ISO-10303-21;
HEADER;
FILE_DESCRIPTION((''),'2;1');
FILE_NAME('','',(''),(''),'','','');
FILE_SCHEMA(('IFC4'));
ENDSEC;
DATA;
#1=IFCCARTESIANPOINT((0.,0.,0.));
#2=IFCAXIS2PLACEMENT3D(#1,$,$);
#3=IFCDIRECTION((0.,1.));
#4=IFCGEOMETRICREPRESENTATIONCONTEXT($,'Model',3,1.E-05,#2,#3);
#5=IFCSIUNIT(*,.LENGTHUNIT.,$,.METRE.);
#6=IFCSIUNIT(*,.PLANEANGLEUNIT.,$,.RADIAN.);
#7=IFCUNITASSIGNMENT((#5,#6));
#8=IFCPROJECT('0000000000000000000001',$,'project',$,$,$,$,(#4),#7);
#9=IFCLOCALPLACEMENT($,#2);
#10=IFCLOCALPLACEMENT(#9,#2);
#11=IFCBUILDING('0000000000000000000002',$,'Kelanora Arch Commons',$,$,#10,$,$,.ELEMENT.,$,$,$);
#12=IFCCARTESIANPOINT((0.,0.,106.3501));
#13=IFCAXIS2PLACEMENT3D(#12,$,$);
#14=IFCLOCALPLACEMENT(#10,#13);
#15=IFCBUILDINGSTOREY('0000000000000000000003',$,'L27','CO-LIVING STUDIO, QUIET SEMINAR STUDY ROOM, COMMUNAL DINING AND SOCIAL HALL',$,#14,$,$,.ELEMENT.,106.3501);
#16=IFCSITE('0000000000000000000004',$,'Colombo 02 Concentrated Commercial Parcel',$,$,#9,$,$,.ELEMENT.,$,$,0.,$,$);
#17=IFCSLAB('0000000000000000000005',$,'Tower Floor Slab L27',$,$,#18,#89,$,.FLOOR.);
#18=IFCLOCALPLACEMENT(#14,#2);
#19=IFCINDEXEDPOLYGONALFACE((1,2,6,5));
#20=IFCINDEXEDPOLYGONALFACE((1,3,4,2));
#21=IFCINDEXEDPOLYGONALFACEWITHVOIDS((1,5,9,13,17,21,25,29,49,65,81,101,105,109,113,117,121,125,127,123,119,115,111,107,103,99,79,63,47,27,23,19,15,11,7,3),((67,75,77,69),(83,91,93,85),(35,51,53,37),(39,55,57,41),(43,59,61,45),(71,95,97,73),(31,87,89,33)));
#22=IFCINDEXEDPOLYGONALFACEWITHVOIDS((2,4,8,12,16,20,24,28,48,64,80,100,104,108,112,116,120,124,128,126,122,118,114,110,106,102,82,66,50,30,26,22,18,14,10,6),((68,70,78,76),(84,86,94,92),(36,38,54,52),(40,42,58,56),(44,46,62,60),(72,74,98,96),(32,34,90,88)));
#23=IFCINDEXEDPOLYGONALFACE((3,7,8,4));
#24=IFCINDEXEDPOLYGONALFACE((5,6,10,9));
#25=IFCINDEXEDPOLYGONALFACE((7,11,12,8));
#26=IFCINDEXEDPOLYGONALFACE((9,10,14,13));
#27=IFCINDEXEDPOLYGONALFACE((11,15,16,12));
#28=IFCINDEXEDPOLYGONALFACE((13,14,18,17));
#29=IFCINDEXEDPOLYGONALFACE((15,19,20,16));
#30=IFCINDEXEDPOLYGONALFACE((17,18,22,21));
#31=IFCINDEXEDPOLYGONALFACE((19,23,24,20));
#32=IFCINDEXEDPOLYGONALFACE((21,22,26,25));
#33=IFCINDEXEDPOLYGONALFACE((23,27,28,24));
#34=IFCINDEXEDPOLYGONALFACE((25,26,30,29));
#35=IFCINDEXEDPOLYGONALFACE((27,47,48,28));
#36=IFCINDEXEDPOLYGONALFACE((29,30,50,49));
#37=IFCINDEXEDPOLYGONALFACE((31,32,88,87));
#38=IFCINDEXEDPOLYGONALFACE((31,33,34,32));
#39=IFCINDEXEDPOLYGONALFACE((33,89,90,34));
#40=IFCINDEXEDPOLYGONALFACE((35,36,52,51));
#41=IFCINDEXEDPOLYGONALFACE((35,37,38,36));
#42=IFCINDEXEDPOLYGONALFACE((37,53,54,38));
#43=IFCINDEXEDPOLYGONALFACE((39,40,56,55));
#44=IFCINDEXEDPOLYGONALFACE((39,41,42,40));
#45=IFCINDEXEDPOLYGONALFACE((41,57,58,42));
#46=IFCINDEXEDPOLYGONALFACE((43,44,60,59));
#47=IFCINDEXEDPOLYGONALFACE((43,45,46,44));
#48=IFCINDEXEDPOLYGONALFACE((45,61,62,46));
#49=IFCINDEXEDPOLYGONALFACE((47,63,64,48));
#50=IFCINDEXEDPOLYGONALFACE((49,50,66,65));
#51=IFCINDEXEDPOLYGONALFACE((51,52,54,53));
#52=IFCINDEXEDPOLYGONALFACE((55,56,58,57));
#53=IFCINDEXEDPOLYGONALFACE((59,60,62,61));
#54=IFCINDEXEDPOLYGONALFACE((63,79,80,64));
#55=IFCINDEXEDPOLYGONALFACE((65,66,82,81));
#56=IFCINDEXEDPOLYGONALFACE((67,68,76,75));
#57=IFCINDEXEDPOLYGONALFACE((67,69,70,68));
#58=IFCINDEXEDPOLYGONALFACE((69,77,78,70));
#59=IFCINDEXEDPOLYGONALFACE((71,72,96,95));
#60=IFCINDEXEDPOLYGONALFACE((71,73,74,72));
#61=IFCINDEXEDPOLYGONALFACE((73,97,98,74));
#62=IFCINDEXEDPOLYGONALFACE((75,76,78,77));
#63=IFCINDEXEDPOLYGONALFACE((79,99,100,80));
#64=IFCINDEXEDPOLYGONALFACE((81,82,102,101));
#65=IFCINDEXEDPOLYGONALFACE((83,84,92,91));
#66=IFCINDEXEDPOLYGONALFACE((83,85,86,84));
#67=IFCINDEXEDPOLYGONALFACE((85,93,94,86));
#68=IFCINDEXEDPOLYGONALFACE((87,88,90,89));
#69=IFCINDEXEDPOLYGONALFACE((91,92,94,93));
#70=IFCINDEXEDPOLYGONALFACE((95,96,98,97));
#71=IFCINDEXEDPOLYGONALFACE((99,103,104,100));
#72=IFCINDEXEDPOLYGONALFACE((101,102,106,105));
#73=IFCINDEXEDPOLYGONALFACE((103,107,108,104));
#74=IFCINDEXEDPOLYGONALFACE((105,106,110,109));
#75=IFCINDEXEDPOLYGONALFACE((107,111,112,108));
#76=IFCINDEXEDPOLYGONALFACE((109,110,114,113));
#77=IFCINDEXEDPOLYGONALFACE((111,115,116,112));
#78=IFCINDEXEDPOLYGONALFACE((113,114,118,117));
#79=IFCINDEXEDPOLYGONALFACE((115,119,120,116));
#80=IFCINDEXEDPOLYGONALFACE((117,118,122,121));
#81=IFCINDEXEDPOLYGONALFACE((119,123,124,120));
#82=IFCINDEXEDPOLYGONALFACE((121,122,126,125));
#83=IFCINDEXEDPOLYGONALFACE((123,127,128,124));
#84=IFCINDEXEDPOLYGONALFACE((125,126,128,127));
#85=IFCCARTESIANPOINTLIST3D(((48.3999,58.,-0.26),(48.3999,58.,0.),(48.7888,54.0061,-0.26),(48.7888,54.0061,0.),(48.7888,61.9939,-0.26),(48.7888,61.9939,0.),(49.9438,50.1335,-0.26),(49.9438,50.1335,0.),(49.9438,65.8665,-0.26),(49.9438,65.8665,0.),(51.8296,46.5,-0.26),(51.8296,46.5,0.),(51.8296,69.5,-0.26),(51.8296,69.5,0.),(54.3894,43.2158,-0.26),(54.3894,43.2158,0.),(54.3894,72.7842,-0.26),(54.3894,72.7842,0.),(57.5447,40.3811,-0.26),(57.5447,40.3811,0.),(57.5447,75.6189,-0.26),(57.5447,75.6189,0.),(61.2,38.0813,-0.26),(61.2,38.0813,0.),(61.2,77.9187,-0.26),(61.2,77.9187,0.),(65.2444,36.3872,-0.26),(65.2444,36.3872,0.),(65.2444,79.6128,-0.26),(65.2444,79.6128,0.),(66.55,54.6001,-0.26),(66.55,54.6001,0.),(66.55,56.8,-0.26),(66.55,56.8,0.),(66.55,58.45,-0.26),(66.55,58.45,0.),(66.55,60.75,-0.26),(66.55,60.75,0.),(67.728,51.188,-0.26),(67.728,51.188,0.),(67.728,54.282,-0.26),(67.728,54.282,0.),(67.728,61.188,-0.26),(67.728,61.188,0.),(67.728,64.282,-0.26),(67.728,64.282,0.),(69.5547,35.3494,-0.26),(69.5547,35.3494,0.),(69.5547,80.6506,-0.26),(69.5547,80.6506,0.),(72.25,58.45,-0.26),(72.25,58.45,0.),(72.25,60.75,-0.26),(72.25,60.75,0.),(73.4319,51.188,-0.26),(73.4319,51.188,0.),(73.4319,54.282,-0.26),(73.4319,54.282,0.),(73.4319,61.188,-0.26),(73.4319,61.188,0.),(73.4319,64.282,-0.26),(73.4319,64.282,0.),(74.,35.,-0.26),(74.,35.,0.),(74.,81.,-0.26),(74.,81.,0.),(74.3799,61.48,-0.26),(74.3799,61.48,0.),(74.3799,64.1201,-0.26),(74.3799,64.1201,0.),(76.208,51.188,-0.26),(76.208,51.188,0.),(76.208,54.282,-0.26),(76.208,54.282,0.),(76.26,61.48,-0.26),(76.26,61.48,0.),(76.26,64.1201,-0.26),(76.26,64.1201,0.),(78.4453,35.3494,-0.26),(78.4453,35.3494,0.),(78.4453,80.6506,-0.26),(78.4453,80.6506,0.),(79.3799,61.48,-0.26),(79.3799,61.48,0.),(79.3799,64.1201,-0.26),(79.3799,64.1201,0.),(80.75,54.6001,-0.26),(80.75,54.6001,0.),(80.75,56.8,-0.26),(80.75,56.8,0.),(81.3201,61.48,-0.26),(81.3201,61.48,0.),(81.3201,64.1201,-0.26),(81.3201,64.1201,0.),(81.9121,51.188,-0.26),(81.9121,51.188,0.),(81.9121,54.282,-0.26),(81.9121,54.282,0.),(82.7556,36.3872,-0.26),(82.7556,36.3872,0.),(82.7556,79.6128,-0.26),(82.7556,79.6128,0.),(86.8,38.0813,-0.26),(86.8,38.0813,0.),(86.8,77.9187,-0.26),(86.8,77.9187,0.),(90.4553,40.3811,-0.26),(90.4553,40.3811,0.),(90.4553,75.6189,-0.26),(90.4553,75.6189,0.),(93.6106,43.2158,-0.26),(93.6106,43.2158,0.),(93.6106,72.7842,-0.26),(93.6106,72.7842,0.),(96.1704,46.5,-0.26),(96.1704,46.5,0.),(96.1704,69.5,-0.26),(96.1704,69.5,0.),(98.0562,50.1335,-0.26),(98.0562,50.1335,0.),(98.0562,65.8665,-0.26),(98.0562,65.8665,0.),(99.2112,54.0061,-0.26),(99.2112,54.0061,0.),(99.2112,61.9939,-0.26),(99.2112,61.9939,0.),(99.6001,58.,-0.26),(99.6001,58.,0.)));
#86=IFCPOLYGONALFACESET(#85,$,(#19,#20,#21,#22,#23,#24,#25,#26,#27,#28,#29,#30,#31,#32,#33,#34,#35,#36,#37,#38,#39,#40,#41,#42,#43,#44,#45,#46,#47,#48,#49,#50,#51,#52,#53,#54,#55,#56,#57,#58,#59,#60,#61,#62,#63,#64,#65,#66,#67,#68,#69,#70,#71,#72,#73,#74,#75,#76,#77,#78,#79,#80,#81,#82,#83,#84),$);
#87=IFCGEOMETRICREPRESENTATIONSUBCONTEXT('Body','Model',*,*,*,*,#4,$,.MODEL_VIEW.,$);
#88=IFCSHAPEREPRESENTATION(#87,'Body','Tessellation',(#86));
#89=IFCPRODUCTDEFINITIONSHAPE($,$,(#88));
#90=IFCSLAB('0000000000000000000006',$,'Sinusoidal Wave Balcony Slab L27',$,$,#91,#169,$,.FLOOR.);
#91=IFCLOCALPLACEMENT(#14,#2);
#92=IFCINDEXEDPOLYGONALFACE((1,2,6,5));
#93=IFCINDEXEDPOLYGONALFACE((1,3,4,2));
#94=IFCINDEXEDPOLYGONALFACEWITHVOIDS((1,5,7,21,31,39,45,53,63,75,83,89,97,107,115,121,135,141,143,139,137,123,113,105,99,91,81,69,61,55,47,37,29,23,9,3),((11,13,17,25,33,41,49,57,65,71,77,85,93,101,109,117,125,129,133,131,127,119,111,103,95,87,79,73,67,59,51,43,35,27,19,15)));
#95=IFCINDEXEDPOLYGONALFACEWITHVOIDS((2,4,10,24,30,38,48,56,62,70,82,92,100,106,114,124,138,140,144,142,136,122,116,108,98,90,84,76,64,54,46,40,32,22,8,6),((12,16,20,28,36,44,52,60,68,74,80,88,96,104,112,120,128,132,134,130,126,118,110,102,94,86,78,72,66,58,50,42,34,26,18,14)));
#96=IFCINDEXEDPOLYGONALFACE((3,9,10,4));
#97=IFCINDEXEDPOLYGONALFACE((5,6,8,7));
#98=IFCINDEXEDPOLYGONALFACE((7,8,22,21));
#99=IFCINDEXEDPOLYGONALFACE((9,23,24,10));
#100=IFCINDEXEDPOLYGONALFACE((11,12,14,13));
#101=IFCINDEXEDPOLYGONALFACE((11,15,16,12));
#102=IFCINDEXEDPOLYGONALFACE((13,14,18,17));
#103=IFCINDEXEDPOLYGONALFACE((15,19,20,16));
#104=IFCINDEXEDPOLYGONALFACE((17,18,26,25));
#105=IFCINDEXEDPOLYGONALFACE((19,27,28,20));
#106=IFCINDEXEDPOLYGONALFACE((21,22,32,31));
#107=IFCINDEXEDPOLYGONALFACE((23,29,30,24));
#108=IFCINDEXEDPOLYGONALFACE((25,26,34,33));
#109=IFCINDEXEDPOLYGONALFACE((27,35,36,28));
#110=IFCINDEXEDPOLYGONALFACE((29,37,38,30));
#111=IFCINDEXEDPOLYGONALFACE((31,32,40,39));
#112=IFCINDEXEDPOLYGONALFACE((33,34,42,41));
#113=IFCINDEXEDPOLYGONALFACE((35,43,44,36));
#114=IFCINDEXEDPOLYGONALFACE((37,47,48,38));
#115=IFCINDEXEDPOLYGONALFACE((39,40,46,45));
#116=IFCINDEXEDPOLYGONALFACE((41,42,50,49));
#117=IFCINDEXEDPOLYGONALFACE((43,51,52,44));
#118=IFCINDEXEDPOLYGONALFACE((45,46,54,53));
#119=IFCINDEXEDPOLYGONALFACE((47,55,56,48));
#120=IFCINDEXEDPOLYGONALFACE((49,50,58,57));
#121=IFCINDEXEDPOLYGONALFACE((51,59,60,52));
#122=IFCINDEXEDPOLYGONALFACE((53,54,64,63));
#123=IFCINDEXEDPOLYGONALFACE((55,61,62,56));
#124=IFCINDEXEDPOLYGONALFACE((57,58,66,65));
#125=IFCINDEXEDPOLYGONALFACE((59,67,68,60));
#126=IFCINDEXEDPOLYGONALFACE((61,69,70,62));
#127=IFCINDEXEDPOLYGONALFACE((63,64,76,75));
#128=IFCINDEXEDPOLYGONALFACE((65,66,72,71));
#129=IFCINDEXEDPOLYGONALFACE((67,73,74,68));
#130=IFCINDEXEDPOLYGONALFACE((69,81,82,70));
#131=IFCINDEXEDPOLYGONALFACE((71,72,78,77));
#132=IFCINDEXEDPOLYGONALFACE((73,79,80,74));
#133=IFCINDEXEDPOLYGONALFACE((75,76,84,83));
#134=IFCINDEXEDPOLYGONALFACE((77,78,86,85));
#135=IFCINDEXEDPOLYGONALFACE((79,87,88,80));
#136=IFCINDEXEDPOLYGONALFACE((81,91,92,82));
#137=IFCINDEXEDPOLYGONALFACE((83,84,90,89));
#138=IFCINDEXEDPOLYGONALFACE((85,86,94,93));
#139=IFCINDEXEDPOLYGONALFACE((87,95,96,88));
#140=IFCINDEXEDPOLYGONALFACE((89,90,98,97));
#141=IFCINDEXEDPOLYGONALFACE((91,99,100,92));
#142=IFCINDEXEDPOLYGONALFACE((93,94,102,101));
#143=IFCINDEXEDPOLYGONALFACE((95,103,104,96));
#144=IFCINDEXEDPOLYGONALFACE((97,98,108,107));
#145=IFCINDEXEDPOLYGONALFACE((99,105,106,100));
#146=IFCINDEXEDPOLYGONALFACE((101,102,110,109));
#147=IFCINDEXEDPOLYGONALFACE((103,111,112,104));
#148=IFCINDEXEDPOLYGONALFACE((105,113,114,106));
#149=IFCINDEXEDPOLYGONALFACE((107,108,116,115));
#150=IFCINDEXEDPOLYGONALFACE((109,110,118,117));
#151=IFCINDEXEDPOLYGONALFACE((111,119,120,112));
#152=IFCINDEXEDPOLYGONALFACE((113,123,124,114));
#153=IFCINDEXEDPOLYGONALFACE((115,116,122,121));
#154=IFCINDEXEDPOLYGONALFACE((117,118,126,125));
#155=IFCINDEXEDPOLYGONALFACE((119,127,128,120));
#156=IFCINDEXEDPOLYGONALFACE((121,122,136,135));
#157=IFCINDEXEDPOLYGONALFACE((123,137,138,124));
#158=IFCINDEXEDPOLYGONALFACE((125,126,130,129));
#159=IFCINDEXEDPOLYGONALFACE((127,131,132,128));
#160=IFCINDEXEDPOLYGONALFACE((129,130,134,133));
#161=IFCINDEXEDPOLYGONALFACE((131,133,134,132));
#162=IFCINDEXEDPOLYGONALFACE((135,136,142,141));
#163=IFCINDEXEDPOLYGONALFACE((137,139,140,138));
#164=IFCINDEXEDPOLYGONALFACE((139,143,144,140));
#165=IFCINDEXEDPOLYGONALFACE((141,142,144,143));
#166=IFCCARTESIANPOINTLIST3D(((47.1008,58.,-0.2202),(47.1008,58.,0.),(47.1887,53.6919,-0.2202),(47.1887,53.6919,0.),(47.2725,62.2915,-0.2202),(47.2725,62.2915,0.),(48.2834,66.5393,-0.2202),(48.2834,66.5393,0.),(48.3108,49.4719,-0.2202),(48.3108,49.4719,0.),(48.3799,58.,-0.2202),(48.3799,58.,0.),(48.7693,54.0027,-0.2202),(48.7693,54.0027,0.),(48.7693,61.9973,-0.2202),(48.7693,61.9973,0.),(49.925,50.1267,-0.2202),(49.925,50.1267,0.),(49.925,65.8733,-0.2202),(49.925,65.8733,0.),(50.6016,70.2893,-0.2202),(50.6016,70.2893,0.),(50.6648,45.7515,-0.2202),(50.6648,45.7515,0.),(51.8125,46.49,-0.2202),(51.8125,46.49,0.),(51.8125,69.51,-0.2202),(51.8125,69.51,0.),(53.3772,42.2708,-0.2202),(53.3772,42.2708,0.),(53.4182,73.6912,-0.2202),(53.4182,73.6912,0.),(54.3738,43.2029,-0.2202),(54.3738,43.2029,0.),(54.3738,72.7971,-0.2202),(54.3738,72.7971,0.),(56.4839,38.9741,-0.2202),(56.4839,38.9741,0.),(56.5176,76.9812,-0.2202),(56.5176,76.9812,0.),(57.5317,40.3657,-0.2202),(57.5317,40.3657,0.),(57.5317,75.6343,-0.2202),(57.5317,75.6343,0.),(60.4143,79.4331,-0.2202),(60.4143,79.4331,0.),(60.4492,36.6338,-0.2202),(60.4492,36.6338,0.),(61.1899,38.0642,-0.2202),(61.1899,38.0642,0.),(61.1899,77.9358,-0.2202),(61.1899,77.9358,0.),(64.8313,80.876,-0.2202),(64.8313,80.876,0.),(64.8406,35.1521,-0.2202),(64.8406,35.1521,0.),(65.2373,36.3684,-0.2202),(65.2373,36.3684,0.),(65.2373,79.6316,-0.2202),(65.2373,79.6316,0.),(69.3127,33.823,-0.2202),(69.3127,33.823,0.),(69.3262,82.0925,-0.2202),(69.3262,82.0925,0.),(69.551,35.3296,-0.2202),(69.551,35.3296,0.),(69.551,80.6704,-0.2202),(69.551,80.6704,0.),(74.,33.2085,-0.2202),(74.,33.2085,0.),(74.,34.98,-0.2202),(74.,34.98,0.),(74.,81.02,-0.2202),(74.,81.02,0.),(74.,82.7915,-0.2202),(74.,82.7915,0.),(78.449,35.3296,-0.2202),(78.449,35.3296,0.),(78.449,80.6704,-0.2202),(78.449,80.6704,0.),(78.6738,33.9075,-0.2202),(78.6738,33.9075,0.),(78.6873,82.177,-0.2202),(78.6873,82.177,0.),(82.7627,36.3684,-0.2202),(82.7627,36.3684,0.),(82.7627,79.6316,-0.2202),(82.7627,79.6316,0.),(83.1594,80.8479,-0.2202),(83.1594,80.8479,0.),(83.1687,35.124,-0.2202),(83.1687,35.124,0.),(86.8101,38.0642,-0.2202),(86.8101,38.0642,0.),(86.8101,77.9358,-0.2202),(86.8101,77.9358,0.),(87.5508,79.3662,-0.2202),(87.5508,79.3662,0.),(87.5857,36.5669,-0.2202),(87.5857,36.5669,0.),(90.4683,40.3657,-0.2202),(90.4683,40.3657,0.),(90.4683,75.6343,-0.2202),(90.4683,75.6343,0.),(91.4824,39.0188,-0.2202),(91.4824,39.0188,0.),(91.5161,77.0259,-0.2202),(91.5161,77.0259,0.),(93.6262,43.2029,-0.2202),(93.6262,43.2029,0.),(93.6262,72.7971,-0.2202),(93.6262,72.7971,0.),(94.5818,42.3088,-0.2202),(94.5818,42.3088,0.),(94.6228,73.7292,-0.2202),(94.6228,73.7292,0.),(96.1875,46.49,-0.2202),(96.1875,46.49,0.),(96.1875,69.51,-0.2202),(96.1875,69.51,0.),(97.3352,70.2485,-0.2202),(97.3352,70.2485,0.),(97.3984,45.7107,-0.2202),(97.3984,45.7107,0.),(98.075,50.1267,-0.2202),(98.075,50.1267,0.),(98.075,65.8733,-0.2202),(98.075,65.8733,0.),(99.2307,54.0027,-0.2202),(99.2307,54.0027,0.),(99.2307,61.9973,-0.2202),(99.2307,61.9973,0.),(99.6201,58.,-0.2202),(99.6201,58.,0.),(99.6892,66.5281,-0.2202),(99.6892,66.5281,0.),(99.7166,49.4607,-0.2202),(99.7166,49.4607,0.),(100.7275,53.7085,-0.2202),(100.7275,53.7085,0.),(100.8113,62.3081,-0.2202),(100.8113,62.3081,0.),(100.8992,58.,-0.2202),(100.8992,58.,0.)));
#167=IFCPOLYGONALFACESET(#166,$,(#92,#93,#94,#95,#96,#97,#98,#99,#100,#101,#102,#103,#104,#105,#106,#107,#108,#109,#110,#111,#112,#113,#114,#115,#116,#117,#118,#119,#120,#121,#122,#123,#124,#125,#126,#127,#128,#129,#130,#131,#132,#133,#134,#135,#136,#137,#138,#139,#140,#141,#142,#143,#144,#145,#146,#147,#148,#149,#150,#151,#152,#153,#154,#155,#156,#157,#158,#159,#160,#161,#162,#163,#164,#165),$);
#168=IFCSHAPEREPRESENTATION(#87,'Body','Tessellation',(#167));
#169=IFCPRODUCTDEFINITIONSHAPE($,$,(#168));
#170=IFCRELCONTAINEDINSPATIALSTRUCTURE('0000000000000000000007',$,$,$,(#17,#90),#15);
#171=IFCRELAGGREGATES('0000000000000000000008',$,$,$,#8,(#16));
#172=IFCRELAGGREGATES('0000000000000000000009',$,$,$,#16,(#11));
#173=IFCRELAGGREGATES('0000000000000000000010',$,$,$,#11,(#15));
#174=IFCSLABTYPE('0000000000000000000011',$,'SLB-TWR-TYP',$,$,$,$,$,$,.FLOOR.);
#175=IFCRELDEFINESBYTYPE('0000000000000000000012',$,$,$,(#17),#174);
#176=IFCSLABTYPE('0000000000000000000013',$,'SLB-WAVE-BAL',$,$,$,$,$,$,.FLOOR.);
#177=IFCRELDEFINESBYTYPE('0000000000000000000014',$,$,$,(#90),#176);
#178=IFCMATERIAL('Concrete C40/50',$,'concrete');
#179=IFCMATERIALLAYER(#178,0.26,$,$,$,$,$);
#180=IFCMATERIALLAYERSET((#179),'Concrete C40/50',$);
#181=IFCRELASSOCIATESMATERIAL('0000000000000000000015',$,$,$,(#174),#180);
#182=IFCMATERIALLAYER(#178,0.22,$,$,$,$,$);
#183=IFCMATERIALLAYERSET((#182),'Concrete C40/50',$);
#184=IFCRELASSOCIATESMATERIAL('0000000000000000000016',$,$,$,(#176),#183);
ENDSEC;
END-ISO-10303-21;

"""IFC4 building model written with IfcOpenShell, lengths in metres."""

from ifc_helpers import new_model, si_unit, direction, frame, origin, place, context, subcontext, project, spatial, polyline, outline, extrude, material, layer, layer_set, type_object, element, save


model = new_model("IFC4")

# Units and contexts
model_context = context("Model", 3, precision=1e-05, world=origin(), true_north=direction((0.0, 1.0)))
body_context = subcontext(model_context, "Body", "Model", "MODEL_VIEW")
ifc_project = project(units=[si_unit("LENGTHUNIT", "METRE"), si_unit("PLANEANGLEUNIT", "RADIAN")], contexts=[model_context])

# Site, building, storey
site_placement = place(None, origin())
site = spatial("IfcSite", under=ifc_project, at=site_placement, Name="Colombo 02 Concentrated Commercial Parcel", CompositionType="ELEMENT", RefElevation=0.0)
building_placement = place(site_placement, origin())
building = spatial("IfcBuilding", under=site, at=building_placement, Name="Kelanora Arch Commons", CompositionType="ELEMENT")
storey_placement = place(building_placement, frame((0.0, 0.0, 106.3501)))
storey = spatial("IfcBuildingStorey", under=building, at=storey_placement, Name="L27", Description="CO-LIVING STUDIO, QUIET SEMINAR STUDY ROOM, COMMUNAL DINING AND SOCIAL HALL", CompositionType="ELEMENT", Elevation=106.3501)

# Shared definitions
ifc_material_1 = material(Name="Concrete C40/50", Category="concrete")

# Slabs
ifc_layer_1 = layer(ifc_material_1, 0.26)
ifc_layer_set_1 = layer_set([ifc_layer_1], Name="Concrete C40/50")
slab_type_1 = type_object("IfcSlabType", Name="SLB-TWR-TYP", PredefinedType="FLOOR", material=ifc_layer_set_1)
slab_1_placement = place(storey_placement, frame((0.0, 0.0, -0.26)))
element("IfcSlab", 1, at=slab_1_placement, inside=storey, type_object=slab_type_1, Name="Tower Floor Slab L27", PredefinedType="FLOOR", context=body_context, shape_type="SweptSolid", body=[
    extrude(outline(polyline([(99.6001, 58.0), (99.2112, 61.9939), (98.0562, 65.8665), (96.1704, 69.5), (93.6106, 72.7842), (90.4553, 75.6189), (86.8, 77.9187), (82.7556, 79.6128), (78.4453, 80.6506), (74.0, 81.0), (69.5547, 80.6506), (65.2444, 79.6128), (61.2, 77.9187), (57.5447, 75.6189), (54.3894, 72.7842), (51.8296, 69.5), (49.9438, 65.8665), (48.7888, 61.9939), (48.3999, 58.0), (48.7888, 54.0061), (49.9438, 50.1335), (51.8296, 46.5), (54.3894, 43.2158), (57.5447, 40.3811), (61.2, 38.0813), (65.2444, 36.3872), (69.5547, 35.3494), (74.0, 35.0), (78.4453, 35.3494), (82.7556, 36.3872), (86.8, 38.0813), (90.4553, 40.3811), (93.6106, 43.2158), (96.1704, 46.5), (98.0562, 50.1335), (99.2112, 54.0061), (99.6001, 58.0)]), holes=[polyline([(73.4319, 51.188), (67.728, 51.188), (67.728, 54.282), (73.4319, 54.282), (73.4319, 51.188)]), polyline([(76.208, 51.188), (76.208, 54.282), (81.9121, 54.282), (81.9121, 51.188), (76.208, 51.188)]), polyline([(66.55, 54.6001), (66.55, 56.8), (80.75, 56.8), (80.75, 54.6001), (66.55, 54.6001)]), polyline([(66.55, 58.45), (66.55, 60.75), (72.25, 60.75), (72.25, 58.45), (66.55, 58.45)]), polyline([(67.728, 61.188), (67.728, 64.282), (73.4319, 64.282), (73.4319, 61.188), (67.728, 61.188)]), polyline([(74.3799, 61.48), (74.3799, 64.1201), (76.26, 64.1201), (76.26, 61.48), (74.3799, 61.48)]), polyline([(79.3799, 61.48), (79.3799, 64.1201), (81.3201, 64.1201), (81.3201, 61.48), (79.3799, 61.48)])]), origin(), (0.0, 0.0, 1.0), 0.26),
])
ifc_layer_2 = layer(ifc_material_1, 0.22)
ifc_layer_set_2 = layer_set([ifc_layer_2], Name="Concrete C40/50")
slab_type_2 = type_object("IfcSlabType", Name="SLB-WAVE-BAL", PredefinedType="FLOOR", material=ifc_layer_set_2)
slab_2_placement = place(storey_placement, frame((0.0, 0.0, -0.2202)))
element("IfcSlab", 2, at=slab_2_placement, inside=storey, type_object=slab_type_2, Name="Sinusoidal Wave Balcony Slab L27", PredefinedType="FLOOR", context=body_context, shape_type="SweptSolid", body=[
    extrude(outline(polyline([(100.8992, 58.0), (100.8113, 62.3081), (99.6892, 66.5281), (97.3352, 70.2485), (94.6228, 73.7292), (91.5161, 77.0259), (87.5508, 79.3662), (83.1594, 80.8479), (78.6873, 82.177), (74.0, 82.7915), (69.3262, 82.0925), (64.8313, 80.876), (60.4143, 79.4331), (56.5176, 76.9812), (53.4182, 73.6912), (50.6016, 70.2893), (48.2834, 66.5393), (47.2725, 62.2915), (47.1008, 58.0), (47.1887, 53.6919), (48.3108, 49.4719), (50.6648, 45.7515), (53.3772, 42.2708), (56.4839, 38.9741), (60.4492, 36.6338), (64.8406, 35.1521), (69.3127, 33.823), (74.0, 33.2085), (78.6738, 33.9075), (83.1687, 35.124), (87.5857, 36.5669), (91.4824, 39.0188), (94.5818, 42.3088), (97.3984, 45.7107), (99.7166, 49.4607), (100.7275, 53.7085), (100.8992, 58.0)]), holes=[polyline([(99.2307, 54.0027), (98.075, 50.1267), (96.1875, 46.49), (93.6262, 43.2029), (90.4683, 40.3657), (86.8101, 38.0642), (82.7627, 36.3684), (78.449, 35.3296), (74.0, 34.98), (69.551, 35.3296), (65.2373, 36.3684), (61.1899, 38.0642), (57.5317, 40.3657), (54.3738, 43.2029), (51.8125, 46.49), (49.925, 50.1267), (48.7693, 54.0027), (48.3799, 58.0), (48.7693, 61.9973), (49.925, 65.8733), (51.8125, 69.51), (54.3738, 72.7971), (57.5317, 75.6343), (61.1899, 77.9358), (65.2373, 79.6316), (69.551, 80.6704), (74.0, 81.02), (78.449, 80.6704), (82.7627, 79.6316), (86.8101, 77.9358), (90.4683, 75.6343), (93.6262, 72.7971), (96.1875, 69.51), (98.075, 65.8733), (99.2307, 61.9973), (99.6201, 58.0), (99.2307, 54.0027)])]), origin(), (0.0, 0.0, 1.0), 0.2202),
])

save(model, "model.ifc")
